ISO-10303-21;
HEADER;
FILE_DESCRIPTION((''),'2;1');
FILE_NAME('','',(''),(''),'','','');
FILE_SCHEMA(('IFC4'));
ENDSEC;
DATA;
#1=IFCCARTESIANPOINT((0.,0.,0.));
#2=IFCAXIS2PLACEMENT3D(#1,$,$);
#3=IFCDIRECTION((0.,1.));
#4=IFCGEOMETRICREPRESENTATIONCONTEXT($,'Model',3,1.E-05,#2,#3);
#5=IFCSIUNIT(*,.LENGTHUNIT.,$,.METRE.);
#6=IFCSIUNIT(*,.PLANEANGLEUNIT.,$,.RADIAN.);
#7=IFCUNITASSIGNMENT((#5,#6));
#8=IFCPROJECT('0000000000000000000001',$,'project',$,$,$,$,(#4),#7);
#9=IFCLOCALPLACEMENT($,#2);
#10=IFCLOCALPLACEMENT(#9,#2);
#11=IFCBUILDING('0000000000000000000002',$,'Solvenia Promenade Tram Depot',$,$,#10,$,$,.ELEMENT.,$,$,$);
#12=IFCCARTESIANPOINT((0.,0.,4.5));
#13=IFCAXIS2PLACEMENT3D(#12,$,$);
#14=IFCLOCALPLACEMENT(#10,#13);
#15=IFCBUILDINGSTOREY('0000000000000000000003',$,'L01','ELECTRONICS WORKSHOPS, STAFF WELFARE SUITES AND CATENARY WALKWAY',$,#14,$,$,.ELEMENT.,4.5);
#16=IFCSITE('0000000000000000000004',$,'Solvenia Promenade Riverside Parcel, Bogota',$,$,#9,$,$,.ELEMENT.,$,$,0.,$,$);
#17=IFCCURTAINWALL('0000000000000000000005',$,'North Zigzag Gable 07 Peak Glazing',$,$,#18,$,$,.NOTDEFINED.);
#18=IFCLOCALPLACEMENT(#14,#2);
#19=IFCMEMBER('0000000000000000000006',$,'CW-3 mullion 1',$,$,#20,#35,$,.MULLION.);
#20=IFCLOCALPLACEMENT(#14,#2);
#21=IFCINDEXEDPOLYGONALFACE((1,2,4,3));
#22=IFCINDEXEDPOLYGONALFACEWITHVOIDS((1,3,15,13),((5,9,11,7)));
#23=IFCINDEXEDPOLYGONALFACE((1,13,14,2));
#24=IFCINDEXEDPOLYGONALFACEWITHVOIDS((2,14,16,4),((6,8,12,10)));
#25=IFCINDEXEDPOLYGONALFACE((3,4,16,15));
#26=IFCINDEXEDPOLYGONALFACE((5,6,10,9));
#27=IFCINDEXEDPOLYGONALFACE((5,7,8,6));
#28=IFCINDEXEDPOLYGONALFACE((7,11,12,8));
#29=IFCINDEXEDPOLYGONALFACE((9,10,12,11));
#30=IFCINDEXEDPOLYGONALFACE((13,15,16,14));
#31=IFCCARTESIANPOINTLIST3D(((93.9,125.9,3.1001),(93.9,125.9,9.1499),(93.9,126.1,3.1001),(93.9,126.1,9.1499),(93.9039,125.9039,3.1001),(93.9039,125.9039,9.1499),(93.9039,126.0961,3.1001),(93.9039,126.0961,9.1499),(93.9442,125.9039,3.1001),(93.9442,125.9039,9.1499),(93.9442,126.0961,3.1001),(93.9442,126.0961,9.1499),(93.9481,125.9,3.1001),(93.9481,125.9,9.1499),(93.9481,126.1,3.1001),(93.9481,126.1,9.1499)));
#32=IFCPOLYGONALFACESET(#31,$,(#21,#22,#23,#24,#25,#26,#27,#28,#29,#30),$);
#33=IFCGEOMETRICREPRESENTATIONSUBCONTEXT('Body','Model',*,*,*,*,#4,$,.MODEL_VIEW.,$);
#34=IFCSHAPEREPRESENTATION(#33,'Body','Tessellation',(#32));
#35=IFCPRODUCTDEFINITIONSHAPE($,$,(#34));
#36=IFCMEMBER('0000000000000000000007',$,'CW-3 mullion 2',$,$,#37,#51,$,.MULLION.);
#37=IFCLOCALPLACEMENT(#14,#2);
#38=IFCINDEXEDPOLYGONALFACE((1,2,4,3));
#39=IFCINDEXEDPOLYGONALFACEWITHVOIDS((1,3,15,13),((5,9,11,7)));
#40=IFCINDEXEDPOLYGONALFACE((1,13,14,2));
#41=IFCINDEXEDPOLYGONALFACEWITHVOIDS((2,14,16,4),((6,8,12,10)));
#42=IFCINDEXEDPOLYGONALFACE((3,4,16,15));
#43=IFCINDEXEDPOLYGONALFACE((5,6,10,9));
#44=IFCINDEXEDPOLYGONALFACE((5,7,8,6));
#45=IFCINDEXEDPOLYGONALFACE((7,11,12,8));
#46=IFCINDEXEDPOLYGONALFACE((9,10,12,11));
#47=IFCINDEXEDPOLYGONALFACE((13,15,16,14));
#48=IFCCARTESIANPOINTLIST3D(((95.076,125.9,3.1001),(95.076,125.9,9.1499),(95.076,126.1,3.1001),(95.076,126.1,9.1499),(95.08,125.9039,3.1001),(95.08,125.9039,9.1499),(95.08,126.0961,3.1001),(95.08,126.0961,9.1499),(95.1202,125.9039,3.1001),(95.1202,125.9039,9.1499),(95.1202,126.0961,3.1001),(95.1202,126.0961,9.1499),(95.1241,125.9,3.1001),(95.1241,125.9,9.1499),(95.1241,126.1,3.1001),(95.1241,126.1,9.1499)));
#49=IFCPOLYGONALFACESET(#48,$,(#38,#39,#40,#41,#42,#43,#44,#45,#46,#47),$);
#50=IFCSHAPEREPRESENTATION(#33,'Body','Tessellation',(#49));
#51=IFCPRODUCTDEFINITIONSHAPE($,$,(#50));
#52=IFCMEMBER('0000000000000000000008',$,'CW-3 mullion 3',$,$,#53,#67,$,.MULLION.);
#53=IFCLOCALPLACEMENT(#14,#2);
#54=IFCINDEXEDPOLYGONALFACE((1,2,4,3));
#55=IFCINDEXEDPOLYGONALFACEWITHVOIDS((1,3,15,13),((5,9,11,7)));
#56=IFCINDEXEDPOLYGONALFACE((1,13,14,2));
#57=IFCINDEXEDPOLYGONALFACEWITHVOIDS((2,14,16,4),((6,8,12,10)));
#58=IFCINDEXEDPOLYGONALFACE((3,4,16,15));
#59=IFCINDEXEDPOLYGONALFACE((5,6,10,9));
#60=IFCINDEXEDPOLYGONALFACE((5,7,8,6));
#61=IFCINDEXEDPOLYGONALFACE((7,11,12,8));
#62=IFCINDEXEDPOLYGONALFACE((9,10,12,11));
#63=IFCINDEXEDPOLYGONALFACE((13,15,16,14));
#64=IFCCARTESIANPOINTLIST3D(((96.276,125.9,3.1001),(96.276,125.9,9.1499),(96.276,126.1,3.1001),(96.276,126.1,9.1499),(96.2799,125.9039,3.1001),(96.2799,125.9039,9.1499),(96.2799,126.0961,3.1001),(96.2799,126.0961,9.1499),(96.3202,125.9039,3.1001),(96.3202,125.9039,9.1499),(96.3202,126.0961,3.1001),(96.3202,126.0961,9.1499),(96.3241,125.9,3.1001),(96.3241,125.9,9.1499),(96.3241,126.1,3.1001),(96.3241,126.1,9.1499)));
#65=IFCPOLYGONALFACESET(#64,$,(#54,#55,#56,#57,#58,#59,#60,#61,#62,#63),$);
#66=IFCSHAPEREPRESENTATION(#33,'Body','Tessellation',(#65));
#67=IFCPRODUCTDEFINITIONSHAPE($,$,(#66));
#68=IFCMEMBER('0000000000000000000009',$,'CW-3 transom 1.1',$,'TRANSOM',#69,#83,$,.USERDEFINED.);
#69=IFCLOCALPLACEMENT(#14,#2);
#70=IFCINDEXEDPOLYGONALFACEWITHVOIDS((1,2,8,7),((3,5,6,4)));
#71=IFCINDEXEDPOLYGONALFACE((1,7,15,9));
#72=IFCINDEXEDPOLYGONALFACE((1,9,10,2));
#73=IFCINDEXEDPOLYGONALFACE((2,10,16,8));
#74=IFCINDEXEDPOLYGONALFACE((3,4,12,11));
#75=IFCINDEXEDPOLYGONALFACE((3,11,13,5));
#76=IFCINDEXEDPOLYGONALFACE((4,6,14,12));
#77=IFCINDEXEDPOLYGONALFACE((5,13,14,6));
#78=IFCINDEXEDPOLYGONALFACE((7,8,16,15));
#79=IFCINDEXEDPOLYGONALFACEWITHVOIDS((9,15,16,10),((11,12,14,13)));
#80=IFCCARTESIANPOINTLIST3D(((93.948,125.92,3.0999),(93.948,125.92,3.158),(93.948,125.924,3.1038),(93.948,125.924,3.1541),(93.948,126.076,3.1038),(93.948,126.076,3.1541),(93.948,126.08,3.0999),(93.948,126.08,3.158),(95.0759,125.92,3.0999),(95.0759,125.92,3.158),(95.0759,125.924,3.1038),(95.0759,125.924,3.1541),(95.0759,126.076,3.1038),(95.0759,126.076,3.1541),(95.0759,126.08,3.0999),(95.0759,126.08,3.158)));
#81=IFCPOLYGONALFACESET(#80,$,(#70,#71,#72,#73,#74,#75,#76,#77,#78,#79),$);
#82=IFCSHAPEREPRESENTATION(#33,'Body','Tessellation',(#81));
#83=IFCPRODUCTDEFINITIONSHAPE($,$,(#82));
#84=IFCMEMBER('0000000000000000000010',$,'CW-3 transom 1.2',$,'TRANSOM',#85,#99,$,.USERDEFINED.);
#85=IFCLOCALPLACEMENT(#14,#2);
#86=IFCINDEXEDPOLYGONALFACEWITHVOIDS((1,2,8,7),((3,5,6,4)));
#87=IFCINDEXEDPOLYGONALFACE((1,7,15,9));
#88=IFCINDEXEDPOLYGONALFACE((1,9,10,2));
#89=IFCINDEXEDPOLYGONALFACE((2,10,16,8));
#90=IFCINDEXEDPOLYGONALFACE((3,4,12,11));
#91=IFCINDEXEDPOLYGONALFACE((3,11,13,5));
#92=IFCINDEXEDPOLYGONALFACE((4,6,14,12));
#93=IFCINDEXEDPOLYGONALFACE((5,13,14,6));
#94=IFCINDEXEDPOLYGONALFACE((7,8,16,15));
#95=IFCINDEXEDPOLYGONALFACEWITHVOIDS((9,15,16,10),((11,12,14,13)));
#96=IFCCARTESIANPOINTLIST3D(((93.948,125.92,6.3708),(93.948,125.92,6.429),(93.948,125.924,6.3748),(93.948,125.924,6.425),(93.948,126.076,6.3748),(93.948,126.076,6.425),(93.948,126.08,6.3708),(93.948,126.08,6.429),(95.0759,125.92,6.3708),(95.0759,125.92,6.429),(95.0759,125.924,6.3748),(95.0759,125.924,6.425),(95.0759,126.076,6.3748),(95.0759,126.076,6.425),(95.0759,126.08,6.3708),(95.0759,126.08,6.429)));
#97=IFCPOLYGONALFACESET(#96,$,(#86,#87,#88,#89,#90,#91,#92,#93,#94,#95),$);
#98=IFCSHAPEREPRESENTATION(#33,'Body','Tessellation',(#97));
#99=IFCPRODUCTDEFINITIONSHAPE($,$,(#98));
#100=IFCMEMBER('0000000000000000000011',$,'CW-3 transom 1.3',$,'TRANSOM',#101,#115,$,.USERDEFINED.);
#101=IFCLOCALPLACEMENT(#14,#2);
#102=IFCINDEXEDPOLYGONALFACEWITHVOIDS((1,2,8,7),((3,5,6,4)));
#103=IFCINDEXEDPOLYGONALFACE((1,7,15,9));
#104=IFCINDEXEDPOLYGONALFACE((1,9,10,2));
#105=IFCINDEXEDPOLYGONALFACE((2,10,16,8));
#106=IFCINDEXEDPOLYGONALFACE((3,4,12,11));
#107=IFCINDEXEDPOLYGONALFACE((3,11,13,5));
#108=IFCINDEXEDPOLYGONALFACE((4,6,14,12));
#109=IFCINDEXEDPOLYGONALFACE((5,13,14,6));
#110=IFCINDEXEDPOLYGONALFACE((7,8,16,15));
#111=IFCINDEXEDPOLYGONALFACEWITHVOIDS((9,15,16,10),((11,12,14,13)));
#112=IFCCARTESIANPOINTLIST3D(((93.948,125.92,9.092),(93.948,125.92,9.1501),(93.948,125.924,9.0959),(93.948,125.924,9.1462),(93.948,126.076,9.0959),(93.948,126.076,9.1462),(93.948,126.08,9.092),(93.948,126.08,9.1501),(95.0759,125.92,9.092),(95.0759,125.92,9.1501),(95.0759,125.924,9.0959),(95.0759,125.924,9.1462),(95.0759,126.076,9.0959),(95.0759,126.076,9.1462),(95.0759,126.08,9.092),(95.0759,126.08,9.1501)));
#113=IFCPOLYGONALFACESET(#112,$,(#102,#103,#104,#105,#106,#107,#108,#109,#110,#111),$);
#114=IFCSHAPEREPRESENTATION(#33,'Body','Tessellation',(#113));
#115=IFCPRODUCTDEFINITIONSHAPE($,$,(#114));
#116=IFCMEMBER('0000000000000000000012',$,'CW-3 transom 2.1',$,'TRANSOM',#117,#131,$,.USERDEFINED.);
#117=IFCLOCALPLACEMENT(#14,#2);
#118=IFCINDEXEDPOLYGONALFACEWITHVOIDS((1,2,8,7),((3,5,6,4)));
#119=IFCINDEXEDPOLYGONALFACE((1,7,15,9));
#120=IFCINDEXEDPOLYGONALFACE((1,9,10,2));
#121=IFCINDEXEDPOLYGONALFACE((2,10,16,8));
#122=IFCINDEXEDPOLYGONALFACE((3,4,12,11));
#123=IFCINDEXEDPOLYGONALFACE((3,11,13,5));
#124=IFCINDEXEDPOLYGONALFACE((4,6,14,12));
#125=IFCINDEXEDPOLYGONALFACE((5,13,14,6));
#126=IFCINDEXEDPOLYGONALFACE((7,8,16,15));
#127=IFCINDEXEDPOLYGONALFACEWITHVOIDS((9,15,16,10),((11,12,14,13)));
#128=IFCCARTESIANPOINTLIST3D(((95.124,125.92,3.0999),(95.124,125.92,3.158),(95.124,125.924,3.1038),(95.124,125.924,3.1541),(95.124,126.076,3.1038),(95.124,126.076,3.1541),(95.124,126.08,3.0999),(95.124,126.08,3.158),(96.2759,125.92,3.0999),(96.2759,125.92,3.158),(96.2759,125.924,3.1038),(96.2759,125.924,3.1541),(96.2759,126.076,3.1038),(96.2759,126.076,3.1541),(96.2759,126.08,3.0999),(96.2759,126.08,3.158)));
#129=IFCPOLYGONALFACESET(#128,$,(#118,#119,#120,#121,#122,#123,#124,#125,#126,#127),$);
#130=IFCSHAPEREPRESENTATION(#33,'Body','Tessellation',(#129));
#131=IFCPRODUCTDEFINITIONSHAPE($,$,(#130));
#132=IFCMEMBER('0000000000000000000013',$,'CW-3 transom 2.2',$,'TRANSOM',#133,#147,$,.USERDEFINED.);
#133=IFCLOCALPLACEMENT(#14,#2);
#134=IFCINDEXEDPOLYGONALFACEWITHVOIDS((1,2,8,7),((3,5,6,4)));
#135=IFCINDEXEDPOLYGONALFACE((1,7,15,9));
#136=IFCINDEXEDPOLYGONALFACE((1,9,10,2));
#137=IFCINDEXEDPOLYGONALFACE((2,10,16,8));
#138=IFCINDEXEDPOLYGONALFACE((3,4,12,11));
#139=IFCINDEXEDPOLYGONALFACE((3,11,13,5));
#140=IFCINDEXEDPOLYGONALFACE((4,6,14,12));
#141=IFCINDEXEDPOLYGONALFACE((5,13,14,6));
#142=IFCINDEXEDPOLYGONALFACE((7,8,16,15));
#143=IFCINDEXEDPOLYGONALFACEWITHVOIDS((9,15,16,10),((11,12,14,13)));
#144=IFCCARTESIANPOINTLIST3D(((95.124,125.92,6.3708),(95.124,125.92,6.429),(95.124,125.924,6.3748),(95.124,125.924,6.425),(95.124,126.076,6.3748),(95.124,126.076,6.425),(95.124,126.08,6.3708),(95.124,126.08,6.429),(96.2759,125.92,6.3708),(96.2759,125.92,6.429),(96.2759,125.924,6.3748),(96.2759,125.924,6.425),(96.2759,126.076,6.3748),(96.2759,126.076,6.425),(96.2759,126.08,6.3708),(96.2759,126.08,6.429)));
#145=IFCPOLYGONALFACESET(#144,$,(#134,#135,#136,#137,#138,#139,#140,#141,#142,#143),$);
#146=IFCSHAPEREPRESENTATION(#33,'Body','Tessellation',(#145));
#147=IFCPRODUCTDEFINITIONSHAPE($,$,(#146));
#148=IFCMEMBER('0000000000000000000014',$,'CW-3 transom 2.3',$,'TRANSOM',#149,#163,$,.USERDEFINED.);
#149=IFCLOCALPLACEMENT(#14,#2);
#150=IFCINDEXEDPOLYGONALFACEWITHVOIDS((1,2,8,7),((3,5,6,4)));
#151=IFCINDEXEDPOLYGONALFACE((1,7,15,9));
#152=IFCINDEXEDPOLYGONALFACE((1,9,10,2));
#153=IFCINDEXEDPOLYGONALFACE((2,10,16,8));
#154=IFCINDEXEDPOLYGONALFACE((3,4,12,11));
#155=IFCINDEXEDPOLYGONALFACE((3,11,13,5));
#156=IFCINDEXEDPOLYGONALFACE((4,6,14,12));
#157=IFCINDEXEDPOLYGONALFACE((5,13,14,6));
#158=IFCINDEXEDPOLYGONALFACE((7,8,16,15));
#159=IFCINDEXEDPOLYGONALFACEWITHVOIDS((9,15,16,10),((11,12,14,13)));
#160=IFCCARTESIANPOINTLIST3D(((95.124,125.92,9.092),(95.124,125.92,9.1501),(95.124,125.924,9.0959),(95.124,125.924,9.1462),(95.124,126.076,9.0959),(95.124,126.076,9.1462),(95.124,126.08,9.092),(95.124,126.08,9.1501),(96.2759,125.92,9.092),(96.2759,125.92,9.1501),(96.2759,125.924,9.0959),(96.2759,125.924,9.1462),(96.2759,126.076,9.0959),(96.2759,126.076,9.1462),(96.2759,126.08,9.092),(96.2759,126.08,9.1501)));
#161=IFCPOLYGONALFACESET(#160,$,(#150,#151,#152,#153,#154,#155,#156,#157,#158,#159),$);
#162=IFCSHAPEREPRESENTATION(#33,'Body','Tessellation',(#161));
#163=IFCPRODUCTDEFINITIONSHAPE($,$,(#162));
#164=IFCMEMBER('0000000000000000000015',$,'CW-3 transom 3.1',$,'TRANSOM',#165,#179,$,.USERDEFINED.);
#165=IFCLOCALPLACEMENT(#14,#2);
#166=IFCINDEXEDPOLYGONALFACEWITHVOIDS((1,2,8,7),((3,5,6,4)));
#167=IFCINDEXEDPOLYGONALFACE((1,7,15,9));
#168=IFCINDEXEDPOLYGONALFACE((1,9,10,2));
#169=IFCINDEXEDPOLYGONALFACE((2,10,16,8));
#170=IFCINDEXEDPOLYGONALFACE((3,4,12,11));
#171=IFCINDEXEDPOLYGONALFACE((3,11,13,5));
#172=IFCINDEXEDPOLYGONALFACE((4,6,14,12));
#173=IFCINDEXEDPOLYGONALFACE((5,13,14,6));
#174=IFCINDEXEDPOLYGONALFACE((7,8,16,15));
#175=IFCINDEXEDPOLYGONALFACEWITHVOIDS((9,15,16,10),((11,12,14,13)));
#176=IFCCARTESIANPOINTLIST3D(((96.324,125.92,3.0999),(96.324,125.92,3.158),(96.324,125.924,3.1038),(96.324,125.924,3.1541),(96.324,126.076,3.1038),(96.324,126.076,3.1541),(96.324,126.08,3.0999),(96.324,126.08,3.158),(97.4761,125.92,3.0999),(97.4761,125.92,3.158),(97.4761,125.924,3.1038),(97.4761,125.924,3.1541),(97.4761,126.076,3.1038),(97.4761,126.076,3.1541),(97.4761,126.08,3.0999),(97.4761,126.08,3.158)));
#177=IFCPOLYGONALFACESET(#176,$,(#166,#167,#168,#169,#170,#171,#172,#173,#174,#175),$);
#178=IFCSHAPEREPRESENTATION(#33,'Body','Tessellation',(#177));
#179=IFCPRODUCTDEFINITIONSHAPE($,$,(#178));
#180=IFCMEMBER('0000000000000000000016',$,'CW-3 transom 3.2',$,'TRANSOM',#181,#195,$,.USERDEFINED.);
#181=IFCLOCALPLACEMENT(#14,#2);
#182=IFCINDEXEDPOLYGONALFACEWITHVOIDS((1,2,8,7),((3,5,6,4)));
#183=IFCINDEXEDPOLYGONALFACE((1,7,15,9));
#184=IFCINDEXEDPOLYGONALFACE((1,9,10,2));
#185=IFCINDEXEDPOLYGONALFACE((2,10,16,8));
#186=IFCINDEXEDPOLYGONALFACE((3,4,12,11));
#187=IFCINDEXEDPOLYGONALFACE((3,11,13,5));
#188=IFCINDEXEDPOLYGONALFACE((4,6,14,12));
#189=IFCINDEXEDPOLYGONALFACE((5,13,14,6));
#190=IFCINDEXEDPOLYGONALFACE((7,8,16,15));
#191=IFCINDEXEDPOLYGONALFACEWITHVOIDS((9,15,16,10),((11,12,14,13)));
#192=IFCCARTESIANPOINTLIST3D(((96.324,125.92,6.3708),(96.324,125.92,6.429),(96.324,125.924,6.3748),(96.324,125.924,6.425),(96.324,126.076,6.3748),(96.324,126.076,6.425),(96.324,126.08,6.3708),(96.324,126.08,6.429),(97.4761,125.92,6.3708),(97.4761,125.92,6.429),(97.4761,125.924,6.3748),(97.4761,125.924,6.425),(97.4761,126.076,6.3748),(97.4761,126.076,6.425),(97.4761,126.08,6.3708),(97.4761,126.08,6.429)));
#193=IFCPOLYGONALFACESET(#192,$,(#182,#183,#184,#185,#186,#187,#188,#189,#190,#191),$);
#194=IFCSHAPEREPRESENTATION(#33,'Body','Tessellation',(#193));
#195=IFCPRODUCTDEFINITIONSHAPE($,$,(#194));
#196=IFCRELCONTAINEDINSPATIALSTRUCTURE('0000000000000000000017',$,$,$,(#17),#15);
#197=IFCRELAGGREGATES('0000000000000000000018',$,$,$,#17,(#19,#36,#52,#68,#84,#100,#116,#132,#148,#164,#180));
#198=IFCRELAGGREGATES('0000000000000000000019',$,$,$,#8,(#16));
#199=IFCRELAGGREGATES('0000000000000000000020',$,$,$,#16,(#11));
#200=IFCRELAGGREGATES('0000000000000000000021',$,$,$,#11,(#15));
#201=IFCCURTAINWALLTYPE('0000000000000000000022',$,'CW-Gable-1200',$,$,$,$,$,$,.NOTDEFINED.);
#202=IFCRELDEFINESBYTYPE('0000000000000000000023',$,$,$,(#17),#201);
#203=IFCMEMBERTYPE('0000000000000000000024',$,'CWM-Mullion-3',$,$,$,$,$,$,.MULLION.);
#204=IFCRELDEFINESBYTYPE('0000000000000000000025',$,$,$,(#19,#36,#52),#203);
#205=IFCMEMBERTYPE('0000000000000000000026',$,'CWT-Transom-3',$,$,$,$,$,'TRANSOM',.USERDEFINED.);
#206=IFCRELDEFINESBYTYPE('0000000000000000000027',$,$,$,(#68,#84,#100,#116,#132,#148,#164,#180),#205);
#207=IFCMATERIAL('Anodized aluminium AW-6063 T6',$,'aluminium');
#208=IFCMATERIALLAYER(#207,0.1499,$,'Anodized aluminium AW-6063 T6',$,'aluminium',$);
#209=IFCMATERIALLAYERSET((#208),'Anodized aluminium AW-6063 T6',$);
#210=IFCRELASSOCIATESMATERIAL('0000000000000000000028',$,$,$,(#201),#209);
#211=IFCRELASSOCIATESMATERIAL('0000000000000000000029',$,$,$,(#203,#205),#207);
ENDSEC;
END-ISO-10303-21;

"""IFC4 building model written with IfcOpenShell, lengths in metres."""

from ifc_helpers import new_model, si_unit, direction, frame, origin, origin_2d, place, context, subcontext, project, spatial, hollow_rectangle, extrude, material, layer, layer_set, material_profile, profile_set, type_object, element, aggregate, save


model = new_model("IFC4")

# Units and contexts
model_context = context("Model", 3, precision=1e-05, world=origin(), true_north=direction((0.0, 1.0)))
body_context = subcontext(model_context, "Body", "Model", "MODEL_VIEW")
ifc_project = project(units=[si_unit("LENGTHUNIT", "METRE"), si_unit("PLANEANGLEUNIT", "RADIAN")], contexts=[model_context])

# Site, building, storey
site_placement = place(None, origin())
site = spatial("IfcSite", under=ifc_project, at=site_placement, Name="Solvenia Promenade Riverside Parcel, Bogota", CompositionType="ELEMENT", RefElevation=0.0)
building_placement = place(site_placement, origin())
building = spatial("IfcBuilding", under=site, at=building_placement, Name="Solvenia Promenade Tram Depot", CompositionType="ELEMENT")
storey_placement = place(building_placement, frame((0.0, 0.0, 4.5)))
storey = spatial("IfcBuildingStorey", under=building, at=storey_placement, Name="L01", Description="ELECTRONICS WORKSHOPS, STAFF WELFARE SUITES AND CATENARY WALKWAY", CompositionType="ELEMENT", Elevation=4.5)

# Curtain wall, members
ifc_material_1 = material(Name="Anodized aluminium AW-6063 T6", Category="aluminium")
ifc_layer_1 = layer(ifc_material_1, 0.1499, Name="Anodized aluminium AW-6063 T6", Category="aluminium")
ifc_layer_set_1 = layer_set([ifc_layer_1], Name="Anodized aluminium AW-6063 T6")
curtain_wall_type = type_object("IfcCurtainWallType", Name="CW-Gable-1200", PredefinedType="NOTDEFINED", material=ifc_layer_set_1)
curtain_wall_placement = place(storey_placement, origin())
curtain_wall = element("IfcCurtainWall", 1, at=curtain_wall_placement, inside=storey, type_object=curtain_wall_type, Name="North Zigzag Gable 07 Peak Glazing", PredefinedType="NOTDEFINED")
ifc_material_profile_1 = material_profile(ifc_material_1, hollow_rectangle(XDim=0.2, YDim=0.0481, WallThickness=0.0039, at=origin_2d()), Name="ALU-M3", Category="aluminium")
ifc_profile_set_1 = profile_set([ifc_material_profile_1], Name="Anodized aluminium AW-6063 T6")
member_type_1 = type_object("IfcMemberType", Name="CWM-Mullion-3", PredefinedType="MULLION", material=ifc_profile_set_1)
member_1_placement = place(storey_placement, frame((93.9241, 126.0, 3.1001), z_axis=(0.0, 0.0, 1.0), x_axis=(0.0, 1.0, 0.0)))
member_1 = element("IfcMember", 2, at=member_1_placement, type_object=member_type_1, Name="CW-3 mullion 1", PredefinedType="MULLION", context=body_context, shape_type="SweptSolid", body=[
    extrude(hollow_rectangle(XDim=0.2, YDim=0.0481, WallThickness=0.0039, at=origin_2d()), origin(), (0.0, 0.0, 1.0), 6.0498),
])
member_2_placement = place(storey_placement, frame((95.1001, 126.0, 3.1001), z_axis=(0.0, 0.0, 1.0), x_axis=(0.0, 1.0, 0.0)))
member_2 = element("IfcMember", 3, at=member_2_placement, type_object=member_type_1, Name="CW-3 mullion 2", PredefinedType="MULLION", context=body_context, shape_type="SweptSolid", body=[
    extrude(hollow_rectangle(XDim=0.2, YDim=0.0481, WallThickness=0.0039, at=origin_2d()), origin(), (0.0, 0.0, 1.0), 6.0498),
])
member_3_placement = place(storey_placement, frame((96.3, 126.0, 3.1001), z_axis=(0.0, 0.0, 1.0), x_axis=(0.0, 1.0, 0.0)))
member_3 = element("IfcMember", 4, at=member_3_placement, type_object=member_type_1, Name="CW-3 mullion 3", PredefinedType="MULLION", context=body_context, shape_type="SweptSolid", body=[
    extrude(hollow_rectangle(XDim=0.2, YDim=0.0481, WallThickness=0.0039, at=origin_2d()), origin(), (0.0, 0.0, 1.0), 6.0498),
])
ifc_material_profile_2 = material_profile(ifc_material_1, hollow_rectangle(XDim=0.1599, YDim=0.0581, WallThickness=0.0039, at=origin_2d()), Name="ALU-T3", Category="aluminium")
ifc_profile_set_2 = profile_set([ifc_material_profile_2], Name="Anodized aluminium AW-6063 T6")
member_type_2 = type_object("IfcMemberType", Name="CWT-Transom-3", ElementType="TRANSOM", PredefinedType="USERDEFINED", material=ifc_profile_set_2)
member_4_placement = place(storey_placement, frame((93.948, 126.0, 3.1289), z_axis=(1.0, 0.0, 0.0), x_axis=(0.0, 1.0, 0.0)))
member_4 = element("IfcMember", 5, at=member_4_placement, type_object=member_type_2, Name="CW-3 transom 1.1", ObjectType="TRANSOM", PredefinedType="USERDEFINED", context=body_context, shape_type="SweptSolid", body=[
    extrude(hollow_rectangle(XDim=0.1599, YDim=0.0581, WallThickness=0.0039, at=origin_2d()), origin(), (0.0, 0.0, 1.0), 1.1279),
])
member_5_placement = place(storey_placement, frame((93.948, 126.0, 6.3999), z_axis=(1.0, 0.0, 0.0), x_axis=(0.0, 1.0, 0.0)))
member_5 = element("IfcMember", 6, at=member_5_placement, type_object=member_type_2, Name="CW-3 transom 1.2", ObjectType="TRANSOM", PredefinedType="USERDEFINED", context=body_context, shape_type="SweptSolid", body=[
    extrude(hollow_rectangle(XDim=0.1599, YDim=0.0581, WallThickness=0.0039, at=origin_2d()), origin(), (0.0, 0.0, 1.0), 1.1279),
])
member_6_placement = place(storey_placement, frame((93.948, 126.0, 9.1211), z_axis=(1.0, 0.0, 0.0), x_axis=(0.0, 1.0, 0.0)))
member_6 = element("IfcMember", 7, at=member_6_placement, type_object=member_type_2, Name="CW-3 transom 1.3", ObjectType="TRANSOM", PredefinedType="USERDEFINED", context=body_context, shape_type="SweptSolid", body=[
    extrude(hollow_rectangle(XDim=0.1599, YDim=0.0581, WallThickness=0.0039, at=origin_2d()), origin(), (0.0, 0.0, 1.0), 1.1279),
])
member_7_placement = place(storey_placement, frame((95.124, 126.0, 3.1289), z_axis=(1.0, 0.0, 0.0), x_axis=(0.0, 1.0, 0.0)))
member_7 = element("IfcMember", 8, at=member_7_placement, type_object=member_type_2, Name="CW-3 transom 2.1", ObjectType="TRANSOM", PredefinedType="USERDEFINED", context=body_context, shape_type="SweptSolid", body=[
    extrude(hollow_rectangle(XDim=0.1599, YDim=0.0581, WallThickness=0.0039, at=origin_2d()), origin(), (0.0, 0.0, 1.0), 1.1519),
])
member_8_placement = place(storey_placement, frame((95.124, 126.0, 6.3999), z_axis=(1.0, 0.0, 0.0), x_axis=(0.0, 1.0, 0.0)))
member_8 = element("IfcMember", 9, at=member_8_placement, type_object=member_type_2, Name="CW-3 transom 2.2", ObjectType="TRANSOM", PredefinedType="USERDEFINED", context=body_context, shape_type="SweptSolid", body=[
    extrude(hollow_rectangle(XDim=0.1599, YDim=0.0581, WallThickness=0.0039, at=origin_2d()), origin(), (0.0, 0.0, 1.0), 1.1519),
])
member_9_placement = place(storey_placement, frame((95.124, 126.0, 9.1211), z_axis=(1.0, 0.0, 0.0), x_axis=(0.0, 1.0, 0.0)))
member_9 = element("IfcMember", 10, at=member_9_placement, type_object=member_type_2, Name="CW-3 transom 2.3", ObjectType="TRANSOM", PredefinedType="USERDEFINED", context=body_context, shape_type="SweptSolid", body=[
    extrude(hollow_rectangle(XDim=0.1599, YDim=0.0581, WallThickness=0.0039, at=origin_2d()), origin(), (0.0, 0.0, 1.0), 1.1519),
])
member_10_placement = place(storey_placement, frame((96.324, 126.0, 3.1289), z_axis=(1.0, 0.0, 0.0), x_axis=(0.0, 1.0, 0.0)))
member_10 = element("IfcMember", 11, at=member_10_placement, type_object=member_type_2, Name="CW-3 transom 3.1", ObjectType="TRANSOM", PredefinedType="USERDEFINED", context=body_context, shape_type="SweptSolid", body=[
    extrude(hollow_rectangle(XDim=0.1599, YDim=0.0581, WallThickness=0.0039, at=origin_2d()), origin(), (0.0, 0.0, 1.0), 1.1521),
])
member_11_placement = place(storey_placement, frame((96.324, 126.0, 6.3999), z_axis=(1.0, 0.0, 0.0), x_axis=(0.0, 1.0, 0.0)))
member_11 = element("IfcMember", 12, at=member_11_placement, type_object=member_type_2, Name="CW-3 transom 3.2", ObjectType="TRANSOM", PredefinedType="USERDEFINED", context=body_context, shape_type="SweptSolid", body=[
    extrude(hollow_rectangle(XDim=0.1599, YDim=0.0581, WallThickness=0.0039, at=origin_2d()), origin(), (0.0, 0.0, 1.0), 1.1521),
])

aggregate(curtain_wall, [member_1, member_2, member_3, member_4, member_5, member_6, member_7, member_8, member_9, member_10, member_11])

save(model, "model.ifc")
